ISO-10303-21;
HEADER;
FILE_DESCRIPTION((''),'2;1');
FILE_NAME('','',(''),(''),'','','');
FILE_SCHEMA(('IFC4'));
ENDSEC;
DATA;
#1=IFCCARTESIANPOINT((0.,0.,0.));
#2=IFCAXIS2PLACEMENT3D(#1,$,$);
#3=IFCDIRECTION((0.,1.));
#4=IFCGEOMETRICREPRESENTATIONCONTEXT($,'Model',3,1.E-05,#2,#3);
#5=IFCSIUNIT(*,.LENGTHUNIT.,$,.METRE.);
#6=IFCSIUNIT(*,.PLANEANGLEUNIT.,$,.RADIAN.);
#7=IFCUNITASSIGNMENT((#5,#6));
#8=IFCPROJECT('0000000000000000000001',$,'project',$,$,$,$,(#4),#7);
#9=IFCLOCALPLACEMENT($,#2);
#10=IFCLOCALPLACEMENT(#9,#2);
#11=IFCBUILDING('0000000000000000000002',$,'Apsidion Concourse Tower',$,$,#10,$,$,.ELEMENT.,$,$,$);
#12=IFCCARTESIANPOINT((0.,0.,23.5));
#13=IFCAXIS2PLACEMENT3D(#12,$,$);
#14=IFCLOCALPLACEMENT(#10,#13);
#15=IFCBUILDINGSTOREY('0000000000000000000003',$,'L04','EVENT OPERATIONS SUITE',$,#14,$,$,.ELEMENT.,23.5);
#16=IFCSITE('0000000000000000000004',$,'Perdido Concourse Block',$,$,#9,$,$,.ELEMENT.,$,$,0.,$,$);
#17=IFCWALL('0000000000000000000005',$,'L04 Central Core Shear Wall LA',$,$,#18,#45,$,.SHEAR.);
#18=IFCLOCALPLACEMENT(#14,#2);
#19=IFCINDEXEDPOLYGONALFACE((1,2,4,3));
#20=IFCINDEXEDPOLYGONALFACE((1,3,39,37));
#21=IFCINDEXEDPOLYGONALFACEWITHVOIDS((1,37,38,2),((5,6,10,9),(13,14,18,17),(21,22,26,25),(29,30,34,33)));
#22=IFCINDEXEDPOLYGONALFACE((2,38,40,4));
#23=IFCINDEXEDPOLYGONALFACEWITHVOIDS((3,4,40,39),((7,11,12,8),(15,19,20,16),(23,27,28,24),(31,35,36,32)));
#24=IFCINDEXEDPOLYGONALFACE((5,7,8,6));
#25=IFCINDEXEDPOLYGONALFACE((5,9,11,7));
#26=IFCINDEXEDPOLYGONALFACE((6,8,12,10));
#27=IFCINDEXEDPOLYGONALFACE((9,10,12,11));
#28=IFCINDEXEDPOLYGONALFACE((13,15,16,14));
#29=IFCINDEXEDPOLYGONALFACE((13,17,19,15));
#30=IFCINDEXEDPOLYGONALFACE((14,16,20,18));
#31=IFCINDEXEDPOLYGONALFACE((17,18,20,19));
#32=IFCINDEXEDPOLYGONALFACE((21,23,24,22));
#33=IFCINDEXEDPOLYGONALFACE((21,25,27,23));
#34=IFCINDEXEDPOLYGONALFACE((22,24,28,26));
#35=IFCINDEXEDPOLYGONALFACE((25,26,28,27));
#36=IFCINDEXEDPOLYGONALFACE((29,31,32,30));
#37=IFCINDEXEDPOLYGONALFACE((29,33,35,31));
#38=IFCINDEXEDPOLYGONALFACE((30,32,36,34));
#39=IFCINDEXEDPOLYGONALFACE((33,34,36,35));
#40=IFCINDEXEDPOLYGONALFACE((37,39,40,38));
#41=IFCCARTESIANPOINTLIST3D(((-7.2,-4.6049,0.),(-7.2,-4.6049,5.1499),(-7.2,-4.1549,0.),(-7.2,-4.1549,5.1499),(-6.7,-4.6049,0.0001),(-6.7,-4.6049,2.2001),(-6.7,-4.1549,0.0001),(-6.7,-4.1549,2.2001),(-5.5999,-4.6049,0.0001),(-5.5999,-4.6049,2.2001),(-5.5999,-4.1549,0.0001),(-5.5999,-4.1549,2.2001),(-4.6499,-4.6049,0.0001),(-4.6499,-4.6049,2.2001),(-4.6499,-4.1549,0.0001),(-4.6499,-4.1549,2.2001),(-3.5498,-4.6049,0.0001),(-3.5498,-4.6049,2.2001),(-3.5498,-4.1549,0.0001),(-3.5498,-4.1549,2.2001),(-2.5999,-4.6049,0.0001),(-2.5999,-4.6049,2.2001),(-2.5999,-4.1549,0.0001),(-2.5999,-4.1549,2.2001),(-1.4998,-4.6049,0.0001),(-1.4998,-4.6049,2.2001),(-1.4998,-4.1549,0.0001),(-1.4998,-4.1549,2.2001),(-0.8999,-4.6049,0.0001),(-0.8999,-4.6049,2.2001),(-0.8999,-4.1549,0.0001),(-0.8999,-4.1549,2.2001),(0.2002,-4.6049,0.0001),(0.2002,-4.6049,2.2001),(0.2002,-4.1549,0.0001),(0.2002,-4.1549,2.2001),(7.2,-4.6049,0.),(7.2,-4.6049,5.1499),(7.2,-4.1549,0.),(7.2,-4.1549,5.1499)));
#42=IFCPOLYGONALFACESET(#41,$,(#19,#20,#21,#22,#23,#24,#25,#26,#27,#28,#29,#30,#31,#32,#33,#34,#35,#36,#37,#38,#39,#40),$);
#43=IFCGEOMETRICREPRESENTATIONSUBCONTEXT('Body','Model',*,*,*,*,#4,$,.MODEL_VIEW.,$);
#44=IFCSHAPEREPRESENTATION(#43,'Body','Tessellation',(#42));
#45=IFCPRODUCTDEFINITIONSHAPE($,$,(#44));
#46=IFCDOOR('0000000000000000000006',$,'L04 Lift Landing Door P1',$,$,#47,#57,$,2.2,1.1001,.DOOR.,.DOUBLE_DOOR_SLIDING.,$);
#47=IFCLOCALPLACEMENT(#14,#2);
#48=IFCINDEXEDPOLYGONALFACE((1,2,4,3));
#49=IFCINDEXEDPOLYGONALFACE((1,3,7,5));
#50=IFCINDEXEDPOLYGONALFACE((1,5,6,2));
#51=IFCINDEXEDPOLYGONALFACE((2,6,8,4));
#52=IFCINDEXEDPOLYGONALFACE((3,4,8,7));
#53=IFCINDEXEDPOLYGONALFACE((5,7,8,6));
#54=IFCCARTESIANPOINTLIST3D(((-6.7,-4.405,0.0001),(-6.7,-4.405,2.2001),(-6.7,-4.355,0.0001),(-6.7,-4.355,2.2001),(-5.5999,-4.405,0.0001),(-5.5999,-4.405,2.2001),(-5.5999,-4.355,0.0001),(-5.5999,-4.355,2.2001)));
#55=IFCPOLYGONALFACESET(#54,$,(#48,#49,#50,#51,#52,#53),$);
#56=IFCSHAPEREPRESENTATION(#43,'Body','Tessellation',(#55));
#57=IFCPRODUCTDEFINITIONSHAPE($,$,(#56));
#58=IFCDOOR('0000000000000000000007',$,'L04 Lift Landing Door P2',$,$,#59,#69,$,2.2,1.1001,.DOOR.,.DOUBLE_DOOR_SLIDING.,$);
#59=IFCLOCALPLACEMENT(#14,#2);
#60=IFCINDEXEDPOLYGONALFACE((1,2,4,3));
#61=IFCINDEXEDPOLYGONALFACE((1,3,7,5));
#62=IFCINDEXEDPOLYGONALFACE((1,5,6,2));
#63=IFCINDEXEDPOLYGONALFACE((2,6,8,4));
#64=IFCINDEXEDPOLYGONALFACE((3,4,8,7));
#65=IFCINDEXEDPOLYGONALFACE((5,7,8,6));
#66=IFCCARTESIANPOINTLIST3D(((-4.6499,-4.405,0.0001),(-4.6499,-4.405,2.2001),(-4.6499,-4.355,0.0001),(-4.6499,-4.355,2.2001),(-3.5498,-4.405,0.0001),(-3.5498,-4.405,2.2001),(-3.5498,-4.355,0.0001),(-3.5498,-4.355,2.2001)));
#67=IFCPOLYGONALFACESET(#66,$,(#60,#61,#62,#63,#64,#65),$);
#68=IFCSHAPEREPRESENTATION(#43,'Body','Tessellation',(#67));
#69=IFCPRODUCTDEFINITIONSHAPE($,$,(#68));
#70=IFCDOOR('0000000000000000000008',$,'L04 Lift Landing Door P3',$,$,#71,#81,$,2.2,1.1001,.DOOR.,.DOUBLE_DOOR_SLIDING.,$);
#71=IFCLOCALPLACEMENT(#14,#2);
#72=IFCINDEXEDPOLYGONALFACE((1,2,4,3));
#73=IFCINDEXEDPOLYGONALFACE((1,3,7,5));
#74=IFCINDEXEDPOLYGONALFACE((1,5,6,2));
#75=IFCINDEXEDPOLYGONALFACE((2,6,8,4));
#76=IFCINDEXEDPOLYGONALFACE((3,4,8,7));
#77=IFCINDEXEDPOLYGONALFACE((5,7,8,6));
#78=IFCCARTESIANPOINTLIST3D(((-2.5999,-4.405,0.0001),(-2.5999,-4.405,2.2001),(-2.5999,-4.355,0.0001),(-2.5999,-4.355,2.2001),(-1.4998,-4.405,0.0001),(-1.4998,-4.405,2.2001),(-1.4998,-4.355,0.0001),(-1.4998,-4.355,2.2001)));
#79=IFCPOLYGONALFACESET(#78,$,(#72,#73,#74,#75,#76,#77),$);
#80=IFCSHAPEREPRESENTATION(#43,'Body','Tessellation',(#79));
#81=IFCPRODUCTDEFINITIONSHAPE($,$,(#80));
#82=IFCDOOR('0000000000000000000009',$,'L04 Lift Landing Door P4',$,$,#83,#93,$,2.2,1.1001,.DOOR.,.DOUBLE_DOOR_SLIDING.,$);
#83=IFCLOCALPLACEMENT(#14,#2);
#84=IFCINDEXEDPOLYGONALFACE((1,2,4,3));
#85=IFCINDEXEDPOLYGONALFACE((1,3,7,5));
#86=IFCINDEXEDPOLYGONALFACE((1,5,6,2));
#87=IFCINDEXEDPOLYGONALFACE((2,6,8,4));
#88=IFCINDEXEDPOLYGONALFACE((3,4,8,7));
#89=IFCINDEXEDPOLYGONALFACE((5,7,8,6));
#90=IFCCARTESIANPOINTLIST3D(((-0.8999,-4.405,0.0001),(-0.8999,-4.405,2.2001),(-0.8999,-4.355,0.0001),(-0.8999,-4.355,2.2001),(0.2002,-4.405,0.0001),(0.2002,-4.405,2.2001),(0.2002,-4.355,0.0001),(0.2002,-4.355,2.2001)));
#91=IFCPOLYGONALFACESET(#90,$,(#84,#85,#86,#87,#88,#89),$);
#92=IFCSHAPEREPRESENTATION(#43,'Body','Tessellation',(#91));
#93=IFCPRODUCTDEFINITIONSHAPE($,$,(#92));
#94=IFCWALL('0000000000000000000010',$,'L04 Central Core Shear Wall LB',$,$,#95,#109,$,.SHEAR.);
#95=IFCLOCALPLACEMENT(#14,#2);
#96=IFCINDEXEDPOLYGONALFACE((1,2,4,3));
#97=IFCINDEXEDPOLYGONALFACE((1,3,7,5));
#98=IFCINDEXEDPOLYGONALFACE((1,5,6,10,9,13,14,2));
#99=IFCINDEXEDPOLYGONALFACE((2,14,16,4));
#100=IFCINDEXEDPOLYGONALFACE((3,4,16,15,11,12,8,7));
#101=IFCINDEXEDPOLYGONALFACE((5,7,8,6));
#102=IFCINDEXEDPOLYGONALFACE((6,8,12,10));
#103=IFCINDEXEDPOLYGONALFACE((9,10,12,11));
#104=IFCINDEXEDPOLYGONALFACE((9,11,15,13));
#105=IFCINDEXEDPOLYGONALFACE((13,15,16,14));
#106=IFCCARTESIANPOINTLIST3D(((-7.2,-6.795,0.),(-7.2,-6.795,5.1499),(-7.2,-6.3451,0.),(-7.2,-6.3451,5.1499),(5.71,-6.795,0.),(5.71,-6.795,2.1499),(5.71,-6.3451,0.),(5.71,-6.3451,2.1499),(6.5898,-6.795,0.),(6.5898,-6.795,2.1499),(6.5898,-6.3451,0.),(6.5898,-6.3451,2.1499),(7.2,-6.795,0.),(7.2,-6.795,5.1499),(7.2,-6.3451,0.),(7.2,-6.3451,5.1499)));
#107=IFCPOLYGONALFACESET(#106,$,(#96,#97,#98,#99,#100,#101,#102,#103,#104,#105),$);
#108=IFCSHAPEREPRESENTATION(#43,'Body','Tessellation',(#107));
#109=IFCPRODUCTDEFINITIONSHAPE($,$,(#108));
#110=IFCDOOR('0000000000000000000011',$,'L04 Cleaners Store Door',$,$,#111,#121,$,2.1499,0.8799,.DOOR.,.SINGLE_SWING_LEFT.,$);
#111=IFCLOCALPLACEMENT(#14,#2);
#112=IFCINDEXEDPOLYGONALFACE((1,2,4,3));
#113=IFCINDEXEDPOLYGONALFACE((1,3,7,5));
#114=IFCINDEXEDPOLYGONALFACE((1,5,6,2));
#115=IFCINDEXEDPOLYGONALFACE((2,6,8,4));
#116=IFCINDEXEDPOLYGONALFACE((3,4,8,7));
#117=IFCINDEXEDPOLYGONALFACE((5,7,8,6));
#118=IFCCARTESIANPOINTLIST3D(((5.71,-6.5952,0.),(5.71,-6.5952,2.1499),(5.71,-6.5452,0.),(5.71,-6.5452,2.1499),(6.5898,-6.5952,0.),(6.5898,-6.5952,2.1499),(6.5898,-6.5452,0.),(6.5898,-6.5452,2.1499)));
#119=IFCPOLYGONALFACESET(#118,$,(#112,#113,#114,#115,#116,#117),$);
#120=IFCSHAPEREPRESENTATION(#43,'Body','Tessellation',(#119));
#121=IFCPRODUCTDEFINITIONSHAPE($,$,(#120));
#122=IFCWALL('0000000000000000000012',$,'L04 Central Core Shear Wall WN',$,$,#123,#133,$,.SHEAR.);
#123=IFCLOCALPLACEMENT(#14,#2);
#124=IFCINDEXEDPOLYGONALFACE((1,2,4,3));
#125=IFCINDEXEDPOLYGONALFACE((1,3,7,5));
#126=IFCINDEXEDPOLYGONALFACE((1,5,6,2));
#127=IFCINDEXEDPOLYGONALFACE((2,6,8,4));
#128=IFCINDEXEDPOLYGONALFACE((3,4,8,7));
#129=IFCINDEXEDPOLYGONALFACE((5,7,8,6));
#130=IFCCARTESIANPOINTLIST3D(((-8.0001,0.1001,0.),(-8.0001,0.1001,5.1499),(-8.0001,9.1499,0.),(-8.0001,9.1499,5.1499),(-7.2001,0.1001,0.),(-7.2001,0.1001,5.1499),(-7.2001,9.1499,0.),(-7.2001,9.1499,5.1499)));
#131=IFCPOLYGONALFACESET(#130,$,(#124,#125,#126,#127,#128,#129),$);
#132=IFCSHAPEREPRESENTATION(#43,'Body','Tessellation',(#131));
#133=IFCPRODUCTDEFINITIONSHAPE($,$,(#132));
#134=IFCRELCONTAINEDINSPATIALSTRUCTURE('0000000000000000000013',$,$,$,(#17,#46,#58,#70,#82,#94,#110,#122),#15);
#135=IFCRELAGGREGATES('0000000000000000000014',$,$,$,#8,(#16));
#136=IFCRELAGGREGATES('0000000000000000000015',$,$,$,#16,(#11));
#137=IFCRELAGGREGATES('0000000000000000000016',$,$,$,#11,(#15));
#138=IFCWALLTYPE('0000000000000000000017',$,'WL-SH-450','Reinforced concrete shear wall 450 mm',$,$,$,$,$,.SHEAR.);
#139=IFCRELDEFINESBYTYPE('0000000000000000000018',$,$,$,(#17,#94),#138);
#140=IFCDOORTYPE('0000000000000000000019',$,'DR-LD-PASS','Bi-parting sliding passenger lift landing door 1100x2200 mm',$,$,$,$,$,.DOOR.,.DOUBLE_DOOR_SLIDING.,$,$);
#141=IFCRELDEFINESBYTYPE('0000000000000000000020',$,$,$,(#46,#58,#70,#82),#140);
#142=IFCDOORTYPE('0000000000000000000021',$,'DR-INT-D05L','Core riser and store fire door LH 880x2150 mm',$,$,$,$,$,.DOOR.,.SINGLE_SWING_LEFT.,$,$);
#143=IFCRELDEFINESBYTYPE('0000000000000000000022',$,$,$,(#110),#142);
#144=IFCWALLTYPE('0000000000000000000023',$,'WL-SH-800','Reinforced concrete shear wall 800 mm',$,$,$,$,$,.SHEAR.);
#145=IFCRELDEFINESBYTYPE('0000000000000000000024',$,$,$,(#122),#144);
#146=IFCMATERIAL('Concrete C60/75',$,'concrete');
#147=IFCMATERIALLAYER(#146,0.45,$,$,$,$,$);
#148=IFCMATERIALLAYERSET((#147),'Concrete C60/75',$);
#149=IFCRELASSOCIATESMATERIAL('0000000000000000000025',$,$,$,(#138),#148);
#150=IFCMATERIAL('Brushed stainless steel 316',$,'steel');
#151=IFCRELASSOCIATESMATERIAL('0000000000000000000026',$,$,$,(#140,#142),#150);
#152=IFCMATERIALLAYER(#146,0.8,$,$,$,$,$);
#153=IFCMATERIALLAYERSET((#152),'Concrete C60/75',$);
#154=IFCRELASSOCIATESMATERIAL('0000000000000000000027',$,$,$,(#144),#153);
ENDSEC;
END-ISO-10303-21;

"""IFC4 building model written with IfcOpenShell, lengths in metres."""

from ifc_helpers import new_model, si_unit, direction, frame, frame_2d, origin, place, context, subcontext, project, spatial, rectangle, extrude, material, layer, layer_set, type_object, element, fill, save


model = new_model("IFC4")

# Units and contexts
model_context = context("Model", 3, precision=1e-05, world=origin(), true_north=direction((0.0, 1.0)))
body_context = subcontext(model_context, "Body", "Model", "MODEL_VIEW")
ifc_project = project(units=[si_unit("LENGTHUNIT", "METRE"), si_unit("PLANEANGLEUNIT", "RADIAN")], contexts=[model_context])

# Site, building, storey
site_placement = place(None, origin())
site = spatial("IfcSite", under=ifc_project, at=site_placement, Name="Perdido Concourse Block", CompositionType="ELEMENT", RefElevation=0.0)
building_placement = place(site_placement, origin())
building = spatial("IfcBuilding", under=site, at=building_placement, Name="Apsidion Concourse Tower", CompositionType="ELEMENT")
storey_placement = place(building_placement, frame((0.0, 0.0, 23.5)))
storey = spatial("IfcBuildingStorey", under=building, at=storey_placement, Name="L04", Description="EVENT OPERATIONS SUITE", CompositionType="ELEMENT", Elevation=23.5)

# Shared definitions
ifc_material_1 = material(Name="Brushed stainless steel 316", Category="steel")

# Shared definitions
ifc_material_2 = material(Name="Concrete C60/75", Category="concrete")
ifc_layer_1 = layer(ifc_material_2, 0.45)
ifc_layer_set_1 = layer_set([ifc_layer_1], Name="Concrete C60/75")
wall_type_1 = type_object("IfcWallType", Name="WL-SH-450", Description="Reinforced concrete shear wall 450 mm", PredefinedType="SHEAR", material=ifc_layer_set_1)

# Wall, openings, doors
wall_1_placement = place(storey_placement, frame((-7.2, -4.3799, 0.0), z_axis=(0.0, 0.0, 1.0), x_axis=(1.0, 0.0, 0.0)))
wall_1 = element("IfcWall", 1, at=wall_1_placement, inside=storey, type_object=wall_type_1, Name="L04 Central Core Shear Wall LA", PredefinedType="SHEAR", context=body_context, shape_type="SweptSolid", body=[
    extrude(rectangle(XDim=14.3999, YDim=0.45, at=frame_2d((7.2, 0.0))), origin(), (0.0, 0.0, 1.0), 5.1499),
])
opening_1_placement = place(wall_1_placement, frame((0.5, 0.0, 0.0)))
opening_1 = element("IfcOpeningElement", 2, at=opening_1_placement, cuts=wall_1, PredefinedType="OPENING", context=body_context, shape_type="SweptSolid", body=[
    extrude(rectangle(XDim=1.1001, YDim=2.2, at=frame_2d((0.55, 1.1001))), frame((0.0, 0.2349, 0.0), z_axis=(0.0, -1.0, 0.0), x_axis=(1.0, 0.0, 0.0)), (0.0, 0.0, 1.0), 0.47),
])
opening_2_placement = place(wall_1_placement, frame((2.55, 0.0, 0.0)))
opening_2 = element("IfcOpeningElement", 3, at=opening_2_placement, cuts=wall_1, PredefinedType="OPENING", context=body_context, shape_type="SweptSolid", body=[
    extrude(rectangle(XDim=1.1001, YDim=2.2, at=frame_2d((0.55, 1.1001))), frame((0.0, 0.2349, 0.0), z_axis=(0.0, -1.0, 0.0), x_axis=(1.0, 0.0, 0.0)), (0.0, 0.0, 1.0), 0.47),
])
opening_3_placement = place(wall_1_placement, frame((4.6001, 0.0, 0.0)))
opening_3 = element("IfcOpeningElement", 4, at=opening_3_placement, cuts=wall_1, PredefinedType="OPENING", context=body_context, shape_type="SweptSolid", body=[
    extrude(rectangle(XDim=1.1001, YDim=2.2, at=frame_2d((0.55, 1.1001))), frame((0.0, 0.2349, 0.0), z_axis=(0.0, -1.0, 0.0), x_axis=(1.0, 0.0, 0.0)), (0.0, 0.0, 1.0), 0.47),
])
opening_4_placement = place(wall_1_placement, frame((6.3, 0.0, 0.0)))
opening_4 = element("IfcOpeningElement", 5, at=opening_4_placement, cuts=wall_1, PredefinedType="OPENING", context=body_context, shape_type="SweptSolid", body=[
    extrude(rectangle(XDim=1.1001, YDim=2.2, at=frame_2d((0.55, 1.1001))), frame((0.0, 0.2349, 0.0), z_axis=(0.0, -1.0, 0.0), x_axis=(1.0, 0.0, 0.0)), (0.0, 0.0, 1.0), 0.47),
])
door_type_1 = type_object("IfcDoorType", Name="DR-LD-PASS", Description="Bi-parting sliding passenger lift landing door 1100x2200 mm", OperationType="DOUBLE_DOOR_SLIDING", PredefinedType="DOOR", material=ifc_material_1)
door_1_placement = place(opening_1_placement, origin())
door_1 = element("IfcDoor", 6, at=door_1_placement, inside=storey, type_object=door_type_1, Name="L04 Lift Landing Door P1", OperationType="DOUBLE_DOOR_SLIDING", OverallHeight=2.2, OverallWidth=1.1001, PredefinedType="DOOR", context=body_context, shape_type="SweptSolid", body=[
    extrude(rectangle(XDim=1.1001, YDim=2.2, at=frame_2d((0.55, 1.1001))), frame((0.0, 0.0249, 0.0), z_axis=(0.0, -1.0, 0.0), x_axis=(1.0, 0.0, 0.0)), (0.0, 0.0, 1.0), 0.05),
])
fill(opening_1, door_1)
door_2_placement = place(opening_2_placement, origin())
door_2 = element("IfcDoor", 7, at=door_2_placement, inside=storey, type_object=door_type_1, Name="L04 Lift Landing Door P2", OperationType="DOUBLE_DOOR_SLIDING", OverallHeight=2.2, OverallWidth=1.1001, PredefinedType="DOOR", context=body_context, shape_type="SweptSolid", body=[
    extrude(rectangle(XDim=1.1001, YDim=2.2, at=frame_2d((0.55, 1.1001))), frame((0.0, 0.0249, 0.0), z_axis=(0.0, -1.0, 0.0), x_axis=(1.0, 0.0, 0.0)), (0.0, 0.0, 1.0), 0.05),
])
fill(opening_2, door_2)
door_3_placement = place(opening_3_placement, origin())
door_3 = element("IfcDoor", 8, at=door_3_placement, inside=storey, type_object=door_type_1, Name="L04 Lift Landing Door P3", OperationType="DOUBLE_DOOR_SLIDING", OverallHeight=2.2, OverallWidth=1.1001, PredefinedType="DOOR", context=body_context, shape_type="SweptSolid", body=[
    extrude(rectangle(XDim=1.1001, YDim=2.2, at=frame_2d((0.55, 1.1001))), frame((0.0, 0.0249, 0.0), z_axis=(0.0, -1.0, 0.0), x_axis=(1.0, 0.0, 0.0)), (0.0, 0.0, 1.0), 0.05),
])
fill(opening_3, door_3)
door_4_placement = place(opening_4_placement, origin())
door_4 = element("IfcDoor", 9, at=door_4_placement, inside=storey, type_object=door_type_1, Name="L04 Lift Landing Door P4", OperationType="DOUBLE_DOOR_SLIDING", OverallHeight=2.2, OverallWidth=1.1001, PredefinedType="DOOR", context=body_context, shape_type="SweptSolid", body=[
    extrude(rectangle(XDim=1.1001, YDim=2.2, at=frame_2d((0.55, 1.1001))), frame((0.0, 0.0249, 0.0), z_axis=(0.0, -1.0, 0.0), x_axis=(1.0, 0.0, 0.0)), (0.0, 0.0, 1.0), 0.05),
])
fill(opening_4, door_4)

# Wall, opening, door
wall_2_placement = place(storey_placement, frame((-7.2, -6.5701, 0.0), z_axis=(0.0, 0.0, 1.0), x_axis=(1.0, 0.0, 0.0)))
wall_2 = element("IfcWall", 10, at=wall_2_placement, inside=storey, type_object=wall_type_1, Name="L04 Central Core Shear Wall LB", PredefinedType="SHEAR", context=body_context, shape_type="SweptSolid", body=[
    extrude(rectangle(XDim=14.3999, YDim=0.45, at=frame_2d((7.2, 0.0))), origin(), (0.0, 0.0, 1.0), 5.1499),
])
opening_5_placement = place(wall_2_placement, frame((12.9099, 0.0, 0.0)))
opening_5 = element("IfcOpeningElement", 11, at=opening_5_placement, cuts=wall_2, PredefinedType="OPENING", context=body_context, shape_type="SweptSolid", body=[
    extrude(rectangle(XDim=0.8799, YDim=2.1499, at=frame_2d((0.4399, 1.075))), frame((0.0, 0.2349, 0.0), z_axis=(0.0, -1.0, 0.0), x_axis=(1.0, 0.0, 0.0)), (0.0, 0.0, 1.0), 0.47),
])
door_type_2 = type_object("IfcDoorType", Name="DR-INT-D05L", Description="Core riser and store fire door LH 880x2150 mm", OperationType="SINGLE_SWING_LEFT", PredefinedType="DOOR", material=ifc_material_1)
door_5_placement = place(opening_5_placement, origin())
door_5 = element("IfcDoor", 12, at=door_5_placement, inside=storey, type_object=door_type_2, Name="L04 Cleaners Store Door", OperationType="SINGLE_SWING_LEFT", OverallHeight=2.1499, OverallWidth=0.8799, PredefinedType="DOOR", context=body_context, shape_type="SweptSolid", body=[
    extrude(rectangle(XDim=0.8799, YDim=2.1499, at=frame_2d((0.4399, 1.075))), frame((0.0, 0.0249, 0.0), z_axis=(0.0, -1.0, 0.0), x_axis=(1.0, 0.0, 0.0)), (0.0, 0.0, 1.0), 0.05),
])
fill(opening_5, door_5)

# Wall
ifc_layer_2 = layer(ifc_material_2, 0.8)
ifc_layer_set_2 = layer_set([ifc_layer_2], Name="Concrete C60/75")
wall_type_2 = type_object("IfcWallType", Name="WL-SH-800", Description="Reinforced concrete shear wall 800 mm", PredefinedType="SHEAR", material=ifc_layer_set_2)
wall_3_placement = place(storey_placement, frame((-7.6001, 0.1001, 0.0), z_axis=(0.0, 0.0, 1.0), x_axis=(0.0, 1.0, 0.0)))
element("IfcWall", 13, at=wall_3_placement, inside=storey, type_object=wall_type_2, Name="L04 Central Core Shear Wall WN", PredefinedType="SHEAR", context=body_context, shape_type="SweptSolid", body=[
    extrude(rectangle(XDim=9.0498, YDim=0.8, at=frame_2d((4.5249, 0.0))), origin(), (0.0, 0.0, 1.0), 5.1499),
])

save(model, "model.ifc")
